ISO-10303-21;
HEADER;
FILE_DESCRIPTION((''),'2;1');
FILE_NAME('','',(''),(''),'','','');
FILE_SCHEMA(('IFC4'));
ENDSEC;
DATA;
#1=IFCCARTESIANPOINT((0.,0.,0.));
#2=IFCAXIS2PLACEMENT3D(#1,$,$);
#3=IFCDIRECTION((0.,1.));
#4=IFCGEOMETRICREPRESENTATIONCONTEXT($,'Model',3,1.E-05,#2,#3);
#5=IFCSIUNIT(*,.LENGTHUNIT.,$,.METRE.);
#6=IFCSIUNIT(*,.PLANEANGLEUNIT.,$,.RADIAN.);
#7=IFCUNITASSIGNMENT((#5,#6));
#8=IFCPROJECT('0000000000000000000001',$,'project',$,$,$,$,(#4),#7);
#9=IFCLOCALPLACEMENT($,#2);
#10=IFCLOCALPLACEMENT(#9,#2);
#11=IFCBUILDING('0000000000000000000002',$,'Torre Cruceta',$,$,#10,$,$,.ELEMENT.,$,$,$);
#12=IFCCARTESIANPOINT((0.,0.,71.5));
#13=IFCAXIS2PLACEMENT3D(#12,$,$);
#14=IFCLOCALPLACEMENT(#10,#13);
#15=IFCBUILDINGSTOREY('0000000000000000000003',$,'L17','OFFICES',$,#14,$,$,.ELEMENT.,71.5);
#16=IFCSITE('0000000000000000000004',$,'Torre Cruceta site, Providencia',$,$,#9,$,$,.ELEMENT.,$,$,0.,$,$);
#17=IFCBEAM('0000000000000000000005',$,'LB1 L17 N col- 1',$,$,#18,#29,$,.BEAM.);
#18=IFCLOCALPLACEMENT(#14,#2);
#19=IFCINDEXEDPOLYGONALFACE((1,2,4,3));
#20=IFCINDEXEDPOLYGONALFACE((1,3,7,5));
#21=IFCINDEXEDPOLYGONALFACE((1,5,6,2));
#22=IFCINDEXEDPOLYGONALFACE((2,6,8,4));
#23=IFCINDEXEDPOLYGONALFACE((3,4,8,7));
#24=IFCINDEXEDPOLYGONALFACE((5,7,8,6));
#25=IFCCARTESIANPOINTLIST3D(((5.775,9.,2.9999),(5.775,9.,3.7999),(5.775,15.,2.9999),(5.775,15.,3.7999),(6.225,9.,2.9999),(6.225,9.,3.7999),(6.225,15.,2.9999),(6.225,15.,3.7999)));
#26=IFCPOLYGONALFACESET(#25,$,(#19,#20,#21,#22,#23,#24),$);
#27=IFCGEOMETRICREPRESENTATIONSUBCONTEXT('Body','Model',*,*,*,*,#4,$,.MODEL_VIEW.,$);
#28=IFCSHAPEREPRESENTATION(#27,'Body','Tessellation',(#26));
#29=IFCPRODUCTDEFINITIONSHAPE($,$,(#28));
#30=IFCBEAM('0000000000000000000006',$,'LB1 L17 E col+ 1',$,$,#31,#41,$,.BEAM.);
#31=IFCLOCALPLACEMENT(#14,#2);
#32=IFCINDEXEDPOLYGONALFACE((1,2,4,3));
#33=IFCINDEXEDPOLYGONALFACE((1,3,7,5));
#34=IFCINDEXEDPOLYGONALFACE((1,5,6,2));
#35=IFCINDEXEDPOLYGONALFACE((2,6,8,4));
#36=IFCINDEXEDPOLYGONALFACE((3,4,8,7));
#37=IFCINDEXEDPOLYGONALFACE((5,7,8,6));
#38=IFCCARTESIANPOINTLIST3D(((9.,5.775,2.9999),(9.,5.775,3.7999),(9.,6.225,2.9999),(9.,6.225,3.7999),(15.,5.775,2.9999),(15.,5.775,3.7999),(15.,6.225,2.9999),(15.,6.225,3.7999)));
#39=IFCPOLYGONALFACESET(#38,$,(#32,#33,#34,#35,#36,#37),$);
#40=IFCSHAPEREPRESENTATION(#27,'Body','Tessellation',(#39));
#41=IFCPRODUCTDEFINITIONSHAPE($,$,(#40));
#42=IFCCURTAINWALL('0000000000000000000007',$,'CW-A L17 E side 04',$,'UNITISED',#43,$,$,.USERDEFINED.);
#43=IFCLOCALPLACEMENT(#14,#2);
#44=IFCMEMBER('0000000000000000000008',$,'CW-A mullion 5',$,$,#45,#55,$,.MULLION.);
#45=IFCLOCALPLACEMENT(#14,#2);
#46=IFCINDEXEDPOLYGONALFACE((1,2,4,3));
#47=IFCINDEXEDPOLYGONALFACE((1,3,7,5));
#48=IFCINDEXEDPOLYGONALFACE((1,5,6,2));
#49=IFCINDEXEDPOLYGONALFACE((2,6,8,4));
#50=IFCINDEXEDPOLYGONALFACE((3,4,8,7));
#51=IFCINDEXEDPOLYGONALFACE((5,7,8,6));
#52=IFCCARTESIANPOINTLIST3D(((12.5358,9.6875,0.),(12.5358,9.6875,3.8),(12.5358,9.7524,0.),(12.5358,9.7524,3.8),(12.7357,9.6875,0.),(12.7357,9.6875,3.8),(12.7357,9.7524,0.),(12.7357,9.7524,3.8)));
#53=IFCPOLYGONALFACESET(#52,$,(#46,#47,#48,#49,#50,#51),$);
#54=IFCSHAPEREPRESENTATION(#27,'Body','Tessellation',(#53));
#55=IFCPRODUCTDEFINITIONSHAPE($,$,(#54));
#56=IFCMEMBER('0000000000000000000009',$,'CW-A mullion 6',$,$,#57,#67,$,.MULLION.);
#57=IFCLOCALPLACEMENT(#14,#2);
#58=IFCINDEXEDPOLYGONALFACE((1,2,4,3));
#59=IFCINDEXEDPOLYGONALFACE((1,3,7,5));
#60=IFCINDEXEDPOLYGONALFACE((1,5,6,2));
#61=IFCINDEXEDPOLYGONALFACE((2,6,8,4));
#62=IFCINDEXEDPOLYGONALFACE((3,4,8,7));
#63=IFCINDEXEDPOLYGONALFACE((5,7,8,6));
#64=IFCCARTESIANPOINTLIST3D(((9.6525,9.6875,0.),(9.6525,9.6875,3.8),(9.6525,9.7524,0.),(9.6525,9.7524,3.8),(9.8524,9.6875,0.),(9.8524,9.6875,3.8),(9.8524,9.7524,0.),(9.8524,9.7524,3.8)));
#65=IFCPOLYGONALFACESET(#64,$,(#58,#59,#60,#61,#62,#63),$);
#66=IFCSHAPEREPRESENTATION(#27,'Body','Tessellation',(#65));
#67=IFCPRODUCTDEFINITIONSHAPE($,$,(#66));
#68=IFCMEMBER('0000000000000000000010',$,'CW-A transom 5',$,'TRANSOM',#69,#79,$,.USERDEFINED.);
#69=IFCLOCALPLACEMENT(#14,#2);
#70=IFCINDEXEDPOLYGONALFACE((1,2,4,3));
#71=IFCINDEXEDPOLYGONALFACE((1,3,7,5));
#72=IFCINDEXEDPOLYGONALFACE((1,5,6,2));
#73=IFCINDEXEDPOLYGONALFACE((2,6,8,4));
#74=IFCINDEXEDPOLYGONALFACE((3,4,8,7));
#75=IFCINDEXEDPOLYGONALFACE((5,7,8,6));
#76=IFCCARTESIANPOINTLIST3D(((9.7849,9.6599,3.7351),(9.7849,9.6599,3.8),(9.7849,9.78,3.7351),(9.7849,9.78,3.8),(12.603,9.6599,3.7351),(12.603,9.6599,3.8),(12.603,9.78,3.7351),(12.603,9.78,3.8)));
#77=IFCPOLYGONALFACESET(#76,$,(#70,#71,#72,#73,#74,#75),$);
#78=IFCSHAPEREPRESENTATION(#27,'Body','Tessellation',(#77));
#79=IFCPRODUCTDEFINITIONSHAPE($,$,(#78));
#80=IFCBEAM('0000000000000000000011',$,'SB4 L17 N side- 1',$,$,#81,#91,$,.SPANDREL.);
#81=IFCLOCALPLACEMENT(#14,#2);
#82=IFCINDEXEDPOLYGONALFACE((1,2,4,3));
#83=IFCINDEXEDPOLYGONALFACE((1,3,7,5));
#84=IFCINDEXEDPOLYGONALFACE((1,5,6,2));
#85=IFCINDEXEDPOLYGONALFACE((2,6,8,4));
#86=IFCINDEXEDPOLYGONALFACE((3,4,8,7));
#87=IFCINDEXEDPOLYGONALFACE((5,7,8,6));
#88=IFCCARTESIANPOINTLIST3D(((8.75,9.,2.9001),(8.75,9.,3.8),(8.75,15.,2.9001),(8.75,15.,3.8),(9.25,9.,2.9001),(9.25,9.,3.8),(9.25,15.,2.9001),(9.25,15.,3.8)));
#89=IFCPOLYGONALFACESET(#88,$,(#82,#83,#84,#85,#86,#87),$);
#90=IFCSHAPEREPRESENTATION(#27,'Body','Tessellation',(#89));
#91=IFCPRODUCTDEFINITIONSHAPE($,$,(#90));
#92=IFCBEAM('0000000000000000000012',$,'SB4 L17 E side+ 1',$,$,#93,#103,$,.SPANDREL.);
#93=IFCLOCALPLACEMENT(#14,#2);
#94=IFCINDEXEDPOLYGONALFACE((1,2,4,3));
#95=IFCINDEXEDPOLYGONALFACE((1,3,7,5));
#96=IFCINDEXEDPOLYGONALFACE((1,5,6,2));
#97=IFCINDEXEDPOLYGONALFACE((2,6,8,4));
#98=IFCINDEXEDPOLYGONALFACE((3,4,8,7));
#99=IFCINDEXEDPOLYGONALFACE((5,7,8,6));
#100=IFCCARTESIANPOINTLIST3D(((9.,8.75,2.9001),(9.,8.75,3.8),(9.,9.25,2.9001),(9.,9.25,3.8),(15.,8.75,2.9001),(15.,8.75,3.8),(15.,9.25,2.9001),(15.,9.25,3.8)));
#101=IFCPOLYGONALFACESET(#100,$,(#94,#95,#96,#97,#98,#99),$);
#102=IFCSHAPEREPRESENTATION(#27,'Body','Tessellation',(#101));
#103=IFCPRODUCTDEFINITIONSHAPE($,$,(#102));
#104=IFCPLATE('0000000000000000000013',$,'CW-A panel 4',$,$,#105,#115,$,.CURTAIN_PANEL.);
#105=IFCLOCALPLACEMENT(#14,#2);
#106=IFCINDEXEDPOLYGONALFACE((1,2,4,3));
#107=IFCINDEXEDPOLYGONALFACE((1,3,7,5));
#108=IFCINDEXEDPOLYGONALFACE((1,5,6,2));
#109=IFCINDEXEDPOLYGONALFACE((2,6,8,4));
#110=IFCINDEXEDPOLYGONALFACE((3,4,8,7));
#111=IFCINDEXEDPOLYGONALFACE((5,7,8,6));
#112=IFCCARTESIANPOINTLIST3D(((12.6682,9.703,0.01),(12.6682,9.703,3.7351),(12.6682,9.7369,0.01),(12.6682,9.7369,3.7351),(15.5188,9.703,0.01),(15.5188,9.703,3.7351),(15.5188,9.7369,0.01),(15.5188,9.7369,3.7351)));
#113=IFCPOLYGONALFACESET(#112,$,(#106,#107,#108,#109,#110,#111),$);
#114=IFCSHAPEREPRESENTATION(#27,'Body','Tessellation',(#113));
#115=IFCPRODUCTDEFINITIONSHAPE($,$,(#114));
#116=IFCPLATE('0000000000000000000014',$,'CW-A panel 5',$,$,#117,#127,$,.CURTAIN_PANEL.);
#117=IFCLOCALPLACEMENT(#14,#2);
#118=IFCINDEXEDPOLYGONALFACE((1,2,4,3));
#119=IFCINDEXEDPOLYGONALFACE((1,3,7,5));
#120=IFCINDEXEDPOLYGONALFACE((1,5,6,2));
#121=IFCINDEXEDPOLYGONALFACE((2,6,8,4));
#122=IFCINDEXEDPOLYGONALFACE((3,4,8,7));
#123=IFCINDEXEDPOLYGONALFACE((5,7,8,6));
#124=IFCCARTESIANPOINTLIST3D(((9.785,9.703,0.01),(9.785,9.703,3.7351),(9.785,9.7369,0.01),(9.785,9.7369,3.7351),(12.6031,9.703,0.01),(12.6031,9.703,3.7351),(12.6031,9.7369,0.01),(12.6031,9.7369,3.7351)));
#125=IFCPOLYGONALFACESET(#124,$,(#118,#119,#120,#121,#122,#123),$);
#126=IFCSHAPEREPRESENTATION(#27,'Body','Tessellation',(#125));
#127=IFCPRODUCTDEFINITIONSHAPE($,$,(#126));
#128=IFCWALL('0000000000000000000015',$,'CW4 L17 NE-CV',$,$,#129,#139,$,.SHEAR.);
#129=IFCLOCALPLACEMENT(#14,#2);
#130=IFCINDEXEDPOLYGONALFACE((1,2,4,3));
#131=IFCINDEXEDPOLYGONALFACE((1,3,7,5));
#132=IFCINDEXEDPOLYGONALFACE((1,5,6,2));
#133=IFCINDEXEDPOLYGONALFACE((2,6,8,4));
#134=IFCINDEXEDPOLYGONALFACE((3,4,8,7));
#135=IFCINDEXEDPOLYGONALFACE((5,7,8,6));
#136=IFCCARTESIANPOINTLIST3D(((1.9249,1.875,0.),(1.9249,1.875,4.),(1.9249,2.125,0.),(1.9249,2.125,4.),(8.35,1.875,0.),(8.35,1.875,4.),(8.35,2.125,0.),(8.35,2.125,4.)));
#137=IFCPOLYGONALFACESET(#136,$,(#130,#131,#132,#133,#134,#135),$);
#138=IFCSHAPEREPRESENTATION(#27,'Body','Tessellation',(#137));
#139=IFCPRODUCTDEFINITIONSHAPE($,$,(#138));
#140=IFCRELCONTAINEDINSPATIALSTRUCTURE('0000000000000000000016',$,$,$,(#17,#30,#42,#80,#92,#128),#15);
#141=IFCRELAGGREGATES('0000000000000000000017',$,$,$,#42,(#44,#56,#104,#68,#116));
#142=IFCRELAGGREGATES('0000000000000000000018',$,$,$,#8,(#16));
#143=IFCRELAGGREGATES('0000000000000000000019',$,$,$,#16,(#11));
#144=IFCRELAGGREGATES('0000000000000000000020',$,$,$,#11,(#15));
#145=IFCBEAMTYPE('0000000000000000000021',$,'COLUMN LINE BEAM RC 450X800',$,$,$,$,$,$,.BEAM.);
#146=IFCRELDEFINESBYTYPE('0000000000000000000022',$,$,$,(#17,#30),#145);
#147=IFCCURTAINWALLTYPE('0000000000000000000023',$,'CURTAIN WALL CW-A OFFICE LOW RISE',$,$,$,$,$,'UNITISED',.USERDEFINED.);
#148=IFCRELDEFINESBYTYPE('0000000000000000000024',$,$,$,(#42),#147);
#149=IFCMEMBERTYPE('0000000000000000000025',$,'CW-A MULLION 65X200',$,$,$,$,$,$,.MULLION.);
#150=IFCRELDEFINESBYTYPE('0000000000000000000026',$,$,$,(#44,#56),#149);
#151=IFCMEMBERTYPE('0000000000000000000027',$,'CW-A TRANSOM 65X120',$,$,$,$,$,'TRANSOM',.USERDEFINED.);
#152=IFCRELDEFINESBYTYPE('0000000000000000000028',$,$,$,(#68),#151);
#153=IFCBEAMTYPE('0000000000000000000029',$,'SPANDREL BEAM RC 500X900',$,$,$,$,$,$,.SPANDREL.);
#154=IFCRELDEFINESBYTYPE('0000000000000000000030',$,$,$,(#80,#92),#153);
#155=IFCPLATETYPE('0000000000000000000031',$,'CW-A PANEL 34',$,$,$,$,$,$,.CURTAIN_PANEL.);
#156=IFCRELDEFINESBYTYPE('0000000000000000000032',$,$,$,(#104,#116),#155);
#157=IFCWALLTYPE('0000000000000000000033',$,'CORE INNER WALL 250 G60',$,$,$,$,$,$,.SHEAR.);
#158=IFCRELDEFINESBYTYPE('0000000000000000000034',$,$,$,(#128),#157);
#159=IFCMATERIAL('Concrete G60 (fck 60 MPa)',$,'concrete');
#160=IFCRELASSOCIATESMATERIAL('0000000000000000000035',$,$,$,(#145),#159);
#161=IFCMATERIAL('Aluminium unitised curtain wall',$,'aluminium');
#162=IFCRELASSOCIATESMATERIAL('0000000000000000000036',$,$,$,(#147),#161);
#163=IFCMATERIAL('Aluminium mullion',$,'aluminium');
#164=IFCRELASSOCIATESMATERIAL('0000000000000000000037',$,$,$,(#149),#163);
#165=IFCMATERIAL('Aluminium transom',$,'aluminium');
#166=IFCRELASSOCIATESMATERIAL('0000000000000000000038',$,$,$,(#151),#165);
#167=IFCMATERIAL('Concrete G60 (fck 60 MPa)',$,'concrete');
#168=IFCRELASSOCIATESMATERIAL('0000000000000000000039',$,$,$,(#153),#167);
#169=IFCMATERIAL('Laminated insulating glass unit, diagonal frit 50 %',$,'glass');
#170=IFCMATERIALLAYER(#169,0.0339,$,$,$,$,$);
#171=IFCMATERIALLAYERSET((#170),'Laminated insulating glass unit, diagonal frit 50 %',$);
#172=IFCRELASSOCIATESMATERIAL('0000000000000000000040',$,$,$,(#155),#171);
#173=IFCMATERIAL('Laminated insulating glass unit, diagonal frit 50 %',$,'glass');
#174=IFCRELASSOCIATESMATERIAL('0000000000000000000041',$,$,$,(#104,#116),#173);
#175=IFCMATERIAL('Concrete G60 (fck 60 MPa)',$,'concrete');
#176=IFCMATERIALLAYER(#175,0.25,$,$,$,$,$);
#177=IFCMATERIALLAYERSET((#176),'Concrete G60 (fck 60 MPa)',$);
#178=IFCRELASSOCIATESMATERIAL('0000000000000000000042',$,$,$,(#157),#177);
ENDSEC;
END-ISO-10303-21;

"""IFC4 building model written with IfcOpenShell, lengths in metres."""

from ifc_helpers import new_model, si_unit, direction, frame, frame_2d, origin, origin_2d, place, context, subcontext, project, spatial, rectangle, extrude, material, layer, layer_set, material_profile, profile_set, type_object, element, aggregate, save


model = new_model("IFC4")

# Units and contexts
model_context = context("Model", 3, precision=1e-05, world=origin(), true_north=direction((0.0, 1.0)))
body_context = subcontext(model_context, "Body", "Model", "MODEL_VIEW")
ifc_project = project(units=[si_unit("LENGTHUNIT", "METRE"), si_unit("PLANEANGLEUNIT", "RADIAN")], contexts=[model_context])

# Site, building, storey
site_placement = place(None, origin())
site = spatial("IfcSite", under=ifc_project, at=site_placement, Name="Torre Cruceta site, Providencia", CompositionType="ELEMENT", RefElevation=0.0)
building_placement = place(site_placement, origin())
building = spatial("IfcBuilding", under=site, at=building_placement, Name="Torre Cruceta", CompositionType="ELEMENT")
storey_placement = place(building_placement, frame((0.0, 0.0, 71.5)))
storey = spatial("IfcBuildingStorey", under=building, at=storey_placement, Name="L17", Description="OFFICES", CompositionType="ELEMENT", Elevation=71.5)

# Beams
ifc_material_1 = material(Name="Concrete G60 (fck 60 MPa)", Category="concrete")
ifc_material_profile_1 = material_profile(ifc_material_1, rectangle(XDim=0.45, YDim=0.8, at=origin_2d()), Name="RC 450X800")
ifc_profile_set_1 = profile_set([ifc_material_profile_1], Name="Concrete G60 (fck 60 MPa)")
beam_type_1 = type_object("IfcBeamType", Name="COLUMN LINE BEAM RC 450X800", PredefinedType="BEAM", material=ifc_profile_set_1)
for number, where, z_axis, x_axis, name in (
    (1, (6.0, 9.0, 3.3999), (0.0, 1.0, 0.0), (-1.0, 0.0, 0.0), "LB1 L17 N col- 1"),
    (2, (9.0, 6.0, 3.3999), (1.0, 0.0, 0.0), (0.0, 1.0, 0.0), "LB1 L17 E col+ 1"),
):
    element("IfcBeam", number, at=place(storey_placement, frame(where, z_axis=z_axis, x_axis=x_axis)), inside=storey, type_object=beam_type_1, Name=name, PredefinedType="BEAM", context=body_context, shape_type="SweptSolid", body=[
        extrude(rectangle(XDim=0.45, YDim=0.8, at=origin_2d()), origin(), (0.0, 0.0, 1.0), 6.0),
    ])

# Curtain wall, members
ifc_material_2 = material(Name="Aluminium unitised curtain wall", Category="aluminium")
curtain_wall_type = type_object("IfcCurtainWallType", Name="CURTAIN WALL CW-A OFFICE LOW RISE", ElementType="UNITISED", PredefinedType="USERDEFINED", material=ifc_material_2)
curtain_wall_placement = place(storey_placement, origin())
curtain_wall = element("IfcCurtainWall", 3, at=curtain_wall_placement, inside=storey, type_object=curtain_wall_type, Name="CW-A L17 E side 04", ObjectType="UNITISED", PredefinedType="USERDEFINED")
ifc_material_3 = material(Name="Aluminium mullion", Category="aluminium")
ifc_material_profile_2 = material_profile(ifc_material_3, rectangle(XDim=0.0649, YDim=0.2, at=origin_2d()), Name="AL 65X200")
ifc_profile_set_2 = profile_set([ifc_material_profile_2], Name="Aluminium mullion")
member_type_1 = type_object("IfcMemberType", Name="CW-A MULLION 65X200", PredefinedType="MULLION", material=ifc_profile_set_2)
member_1_placement = place(storey_placement, frame((12.6357, 9.72, 0.0), z_axis=(0.0, 0.0, 1.0), x_axis=(0.0, -1.0, 0.0)))
member_1 = element("IfcMember", 4, at=member_1_placement, type_object=member_type_1, Name="CW-A mullion 5", PredefinedType="MULLION", context=body_context, shape_type="SweptSolid", body=[
    extrude(rectangle(XDim=0.0649, YDim=0.2, at=origin_2d()), origin(), (0.0, 0.0, 1.0), 3.8),
])
member_2_placement = place(storey_placement, frame((9.7524, 9.72, 0.0), z_axis=(0.0, 0.0, 1.0), x_axis=(0.0, -1.0, 0.0)))
member_2 = element("IfcMember", 5, at=member_2_placement, type_object=member_type_1, Name="CW-A mullion 6", PredefinedType="MULLION", context=body_context, shape_type="SweptSolid", body=[
    extrude(rectangle(XDim=0.0649, YDim=0.2, at=origin_2d()), origin(), (0.0, 0.0, 1.0), 3.8),
])
ifc_material_4 = material(Name="Aluminium transom", Category="aluminium")
ifc_material_profile_3 = material_profile(ifc_material_4, rectangle(XDim=0.1201, YDim=0.0649, at=origin_2d()), Name="AL 120X65")
ifc_profile_set_3 = profile_set([ifc_material_profile_3], Name="Aluminium transom")
member_type_2 = type_object("IfcMemberType", Name="CW-A TRANSOM 65X120", ElementType="TRANSOM", PredefinedType="USERDEFINED", material=ifc_profile_set_3)
member_3_placement = place(storey_placement, frame((12.603, 9.72, 3.7676), z_axis=(-1.0, 0.0, 0.0), x_axis=(0.0, -1.0, 0.0)))
member_3 = element("IfcMember", 6, at=member_3_placement, type_object=member_type_2, Name="CW-A transom 5", ObjectType="TRANSOM", PredefinedType="USERDEFINED", context=body_context, shape_type="SweptSolid", body=[
    extrude(rectangle(XDim=0.1201, YDim=0.0649, at=origin_2d()), origin(), (0.0, 0.0, 1.0), 2.8181),
])

# Beams
ifc_material_5 = material(Name="Concrete G60 (fck 60 MPa)", Category="concrete")
ifc_material_profile_4 = material_profile(ifc_material_5, rectangle(XDim=0.5, YDim=0.8999, at=origin_2d()), Name="RC 500X900")
ifc_profile_set_4 = profile_set([ifc_material_profile_4], Name="Concrete G60 (fck 60 MPa)")
beam_type_2 = type_object("IfcBeamType", Name="SPANDREL BEAM RC 500X900", PredefinedType="SPANDREL", material=ifc_profile_set_4)
for number, where, z_axis, x_axis, name in (
    (7, (9.0, 9.0, 3.3501), (0.0, 1.0, 0.0), (-1.0, 0.0, 0.0), "SB4 L17 N side- 1"),
    (8, (9.0, 9.0, 3.3501), (1.0, 0.0, 0.0), (0.0, 1.0, 0.0), "SB4 L17 E side+ 1"),
):
    element("IfcBeam", number, at=place(storey_placement, frame(where, z_axis=z_axis, x_axis=x_axis)), inside=storey, type_object=beam_type_2, Name=name, PredefinedType="SPANDREL", context=body_context, shape_type="SweptSolid", body=[
        extrude(rectangle(XDim=0.5, YDim=0.8999, at=origin_2d()), origin(), (0.0, 0.0, 1.0), 6.0),
    ])

# Plates
ifc_material_6 = material(Name="Laminated insulating glass unit, diagonal frit 50 %", Category="glass")
ifc_material_7 = material(Name="Laminated insulating glass unit, diagonal frit 50 %", Category="glass")
ifc_layer_1 = layer(ifc_material_7, 0.0339)
ifc_layer_set_1 = layer_set([ifc_layer_1], Name="Laminated insulating glass unit, diagonal frit 50 %")
plate_type = type_object("IfcPlateType", Name="CW-A PANEL 34", PredefinedType="CURTAIN_PANEL", material=ifc_layer_set_1)
plate_1_placement = place(storey_placement, frame((14.0935, 9.72, 0.01), z_axis=(0.0, 0.0, 1.0), x_axis=(-1.0, 0.0, 0.0)))
plate_1 = element("IfcPlate", 9, at=plate_1_placement, type_object=plate_type, material=ifc_material_6, Name="CW-A panel 4", PredefinedType="CURTAIN_PANEL", context=body_context, shape_type="SweptSolid", body=[
    extrude(rectangle(XDim=2.8506, YDim=0.0339, at=origin_2d()), origin(), (0.0, 0.0, 1.0), 3.7251),
])
plate_2_placement = place(storey_placement, frame((11.1941, 9.72, 0.01), z_axis=(0.0, 0.0, 1.0), x_axis=(-1.0, 0.0, 0.0)))
plate_2 = element("IfcPlate", 10, at=plate_2_placement, type_object=plate_type, material=ifc_material_6, Name="CW-A panel 5", PredefinedType="CURTAIN_PANEL", context=body_context, shape_type="SweptSolid", body=[
    extrude(rectangle(XDim=2.8181, YDim=0.0339, at=origin_2d()), origin(), (0.0, 0.0, 1.0), 3.7251),
])
aggregate(curtain_wall, [member_1, member_2, plate_1, member_3, plate_2])

# Shared definitions
ifc_material_8 = material(Name="Concrete G60 (fck 60 MPa)", Category="concrete")
ifc_layer_2 = layer(ifc_material_8, 0.25)
ifc_layer_set_2 = layer_set([ifc_layer_2], Name="Concrete G60 (fck 60 MPa)")
wall_type_1 = type_object("IfcWallType", Name="CORE INNER WALL 250 G60", PredefinedType="SHEAR", material=ifc_layer_set_2)

# Wall
wall_1_placement = place(storey_placement, frame((1.925, 2.0, 0.0), z_axis=(0.0, 0.0, 1.0), x_axis=(1.0, 0.0, 0.0)))
element("IfcWall", 11, at=wall_1_placement, inside=storey, type_object=wall_type_1, Name="CW4 L17 NE-CV", PredefinedType="SHEAR", context=body_context, shape_type="SweptSolid", body=[
    extrude(rectangle(XDim=6.425, YDim=0.25, at=frame_2d((3.2124, 0.0))), origin(), (0.0, 0.0, 1.0), 4.0),
])

save(model, "model.ifc")
